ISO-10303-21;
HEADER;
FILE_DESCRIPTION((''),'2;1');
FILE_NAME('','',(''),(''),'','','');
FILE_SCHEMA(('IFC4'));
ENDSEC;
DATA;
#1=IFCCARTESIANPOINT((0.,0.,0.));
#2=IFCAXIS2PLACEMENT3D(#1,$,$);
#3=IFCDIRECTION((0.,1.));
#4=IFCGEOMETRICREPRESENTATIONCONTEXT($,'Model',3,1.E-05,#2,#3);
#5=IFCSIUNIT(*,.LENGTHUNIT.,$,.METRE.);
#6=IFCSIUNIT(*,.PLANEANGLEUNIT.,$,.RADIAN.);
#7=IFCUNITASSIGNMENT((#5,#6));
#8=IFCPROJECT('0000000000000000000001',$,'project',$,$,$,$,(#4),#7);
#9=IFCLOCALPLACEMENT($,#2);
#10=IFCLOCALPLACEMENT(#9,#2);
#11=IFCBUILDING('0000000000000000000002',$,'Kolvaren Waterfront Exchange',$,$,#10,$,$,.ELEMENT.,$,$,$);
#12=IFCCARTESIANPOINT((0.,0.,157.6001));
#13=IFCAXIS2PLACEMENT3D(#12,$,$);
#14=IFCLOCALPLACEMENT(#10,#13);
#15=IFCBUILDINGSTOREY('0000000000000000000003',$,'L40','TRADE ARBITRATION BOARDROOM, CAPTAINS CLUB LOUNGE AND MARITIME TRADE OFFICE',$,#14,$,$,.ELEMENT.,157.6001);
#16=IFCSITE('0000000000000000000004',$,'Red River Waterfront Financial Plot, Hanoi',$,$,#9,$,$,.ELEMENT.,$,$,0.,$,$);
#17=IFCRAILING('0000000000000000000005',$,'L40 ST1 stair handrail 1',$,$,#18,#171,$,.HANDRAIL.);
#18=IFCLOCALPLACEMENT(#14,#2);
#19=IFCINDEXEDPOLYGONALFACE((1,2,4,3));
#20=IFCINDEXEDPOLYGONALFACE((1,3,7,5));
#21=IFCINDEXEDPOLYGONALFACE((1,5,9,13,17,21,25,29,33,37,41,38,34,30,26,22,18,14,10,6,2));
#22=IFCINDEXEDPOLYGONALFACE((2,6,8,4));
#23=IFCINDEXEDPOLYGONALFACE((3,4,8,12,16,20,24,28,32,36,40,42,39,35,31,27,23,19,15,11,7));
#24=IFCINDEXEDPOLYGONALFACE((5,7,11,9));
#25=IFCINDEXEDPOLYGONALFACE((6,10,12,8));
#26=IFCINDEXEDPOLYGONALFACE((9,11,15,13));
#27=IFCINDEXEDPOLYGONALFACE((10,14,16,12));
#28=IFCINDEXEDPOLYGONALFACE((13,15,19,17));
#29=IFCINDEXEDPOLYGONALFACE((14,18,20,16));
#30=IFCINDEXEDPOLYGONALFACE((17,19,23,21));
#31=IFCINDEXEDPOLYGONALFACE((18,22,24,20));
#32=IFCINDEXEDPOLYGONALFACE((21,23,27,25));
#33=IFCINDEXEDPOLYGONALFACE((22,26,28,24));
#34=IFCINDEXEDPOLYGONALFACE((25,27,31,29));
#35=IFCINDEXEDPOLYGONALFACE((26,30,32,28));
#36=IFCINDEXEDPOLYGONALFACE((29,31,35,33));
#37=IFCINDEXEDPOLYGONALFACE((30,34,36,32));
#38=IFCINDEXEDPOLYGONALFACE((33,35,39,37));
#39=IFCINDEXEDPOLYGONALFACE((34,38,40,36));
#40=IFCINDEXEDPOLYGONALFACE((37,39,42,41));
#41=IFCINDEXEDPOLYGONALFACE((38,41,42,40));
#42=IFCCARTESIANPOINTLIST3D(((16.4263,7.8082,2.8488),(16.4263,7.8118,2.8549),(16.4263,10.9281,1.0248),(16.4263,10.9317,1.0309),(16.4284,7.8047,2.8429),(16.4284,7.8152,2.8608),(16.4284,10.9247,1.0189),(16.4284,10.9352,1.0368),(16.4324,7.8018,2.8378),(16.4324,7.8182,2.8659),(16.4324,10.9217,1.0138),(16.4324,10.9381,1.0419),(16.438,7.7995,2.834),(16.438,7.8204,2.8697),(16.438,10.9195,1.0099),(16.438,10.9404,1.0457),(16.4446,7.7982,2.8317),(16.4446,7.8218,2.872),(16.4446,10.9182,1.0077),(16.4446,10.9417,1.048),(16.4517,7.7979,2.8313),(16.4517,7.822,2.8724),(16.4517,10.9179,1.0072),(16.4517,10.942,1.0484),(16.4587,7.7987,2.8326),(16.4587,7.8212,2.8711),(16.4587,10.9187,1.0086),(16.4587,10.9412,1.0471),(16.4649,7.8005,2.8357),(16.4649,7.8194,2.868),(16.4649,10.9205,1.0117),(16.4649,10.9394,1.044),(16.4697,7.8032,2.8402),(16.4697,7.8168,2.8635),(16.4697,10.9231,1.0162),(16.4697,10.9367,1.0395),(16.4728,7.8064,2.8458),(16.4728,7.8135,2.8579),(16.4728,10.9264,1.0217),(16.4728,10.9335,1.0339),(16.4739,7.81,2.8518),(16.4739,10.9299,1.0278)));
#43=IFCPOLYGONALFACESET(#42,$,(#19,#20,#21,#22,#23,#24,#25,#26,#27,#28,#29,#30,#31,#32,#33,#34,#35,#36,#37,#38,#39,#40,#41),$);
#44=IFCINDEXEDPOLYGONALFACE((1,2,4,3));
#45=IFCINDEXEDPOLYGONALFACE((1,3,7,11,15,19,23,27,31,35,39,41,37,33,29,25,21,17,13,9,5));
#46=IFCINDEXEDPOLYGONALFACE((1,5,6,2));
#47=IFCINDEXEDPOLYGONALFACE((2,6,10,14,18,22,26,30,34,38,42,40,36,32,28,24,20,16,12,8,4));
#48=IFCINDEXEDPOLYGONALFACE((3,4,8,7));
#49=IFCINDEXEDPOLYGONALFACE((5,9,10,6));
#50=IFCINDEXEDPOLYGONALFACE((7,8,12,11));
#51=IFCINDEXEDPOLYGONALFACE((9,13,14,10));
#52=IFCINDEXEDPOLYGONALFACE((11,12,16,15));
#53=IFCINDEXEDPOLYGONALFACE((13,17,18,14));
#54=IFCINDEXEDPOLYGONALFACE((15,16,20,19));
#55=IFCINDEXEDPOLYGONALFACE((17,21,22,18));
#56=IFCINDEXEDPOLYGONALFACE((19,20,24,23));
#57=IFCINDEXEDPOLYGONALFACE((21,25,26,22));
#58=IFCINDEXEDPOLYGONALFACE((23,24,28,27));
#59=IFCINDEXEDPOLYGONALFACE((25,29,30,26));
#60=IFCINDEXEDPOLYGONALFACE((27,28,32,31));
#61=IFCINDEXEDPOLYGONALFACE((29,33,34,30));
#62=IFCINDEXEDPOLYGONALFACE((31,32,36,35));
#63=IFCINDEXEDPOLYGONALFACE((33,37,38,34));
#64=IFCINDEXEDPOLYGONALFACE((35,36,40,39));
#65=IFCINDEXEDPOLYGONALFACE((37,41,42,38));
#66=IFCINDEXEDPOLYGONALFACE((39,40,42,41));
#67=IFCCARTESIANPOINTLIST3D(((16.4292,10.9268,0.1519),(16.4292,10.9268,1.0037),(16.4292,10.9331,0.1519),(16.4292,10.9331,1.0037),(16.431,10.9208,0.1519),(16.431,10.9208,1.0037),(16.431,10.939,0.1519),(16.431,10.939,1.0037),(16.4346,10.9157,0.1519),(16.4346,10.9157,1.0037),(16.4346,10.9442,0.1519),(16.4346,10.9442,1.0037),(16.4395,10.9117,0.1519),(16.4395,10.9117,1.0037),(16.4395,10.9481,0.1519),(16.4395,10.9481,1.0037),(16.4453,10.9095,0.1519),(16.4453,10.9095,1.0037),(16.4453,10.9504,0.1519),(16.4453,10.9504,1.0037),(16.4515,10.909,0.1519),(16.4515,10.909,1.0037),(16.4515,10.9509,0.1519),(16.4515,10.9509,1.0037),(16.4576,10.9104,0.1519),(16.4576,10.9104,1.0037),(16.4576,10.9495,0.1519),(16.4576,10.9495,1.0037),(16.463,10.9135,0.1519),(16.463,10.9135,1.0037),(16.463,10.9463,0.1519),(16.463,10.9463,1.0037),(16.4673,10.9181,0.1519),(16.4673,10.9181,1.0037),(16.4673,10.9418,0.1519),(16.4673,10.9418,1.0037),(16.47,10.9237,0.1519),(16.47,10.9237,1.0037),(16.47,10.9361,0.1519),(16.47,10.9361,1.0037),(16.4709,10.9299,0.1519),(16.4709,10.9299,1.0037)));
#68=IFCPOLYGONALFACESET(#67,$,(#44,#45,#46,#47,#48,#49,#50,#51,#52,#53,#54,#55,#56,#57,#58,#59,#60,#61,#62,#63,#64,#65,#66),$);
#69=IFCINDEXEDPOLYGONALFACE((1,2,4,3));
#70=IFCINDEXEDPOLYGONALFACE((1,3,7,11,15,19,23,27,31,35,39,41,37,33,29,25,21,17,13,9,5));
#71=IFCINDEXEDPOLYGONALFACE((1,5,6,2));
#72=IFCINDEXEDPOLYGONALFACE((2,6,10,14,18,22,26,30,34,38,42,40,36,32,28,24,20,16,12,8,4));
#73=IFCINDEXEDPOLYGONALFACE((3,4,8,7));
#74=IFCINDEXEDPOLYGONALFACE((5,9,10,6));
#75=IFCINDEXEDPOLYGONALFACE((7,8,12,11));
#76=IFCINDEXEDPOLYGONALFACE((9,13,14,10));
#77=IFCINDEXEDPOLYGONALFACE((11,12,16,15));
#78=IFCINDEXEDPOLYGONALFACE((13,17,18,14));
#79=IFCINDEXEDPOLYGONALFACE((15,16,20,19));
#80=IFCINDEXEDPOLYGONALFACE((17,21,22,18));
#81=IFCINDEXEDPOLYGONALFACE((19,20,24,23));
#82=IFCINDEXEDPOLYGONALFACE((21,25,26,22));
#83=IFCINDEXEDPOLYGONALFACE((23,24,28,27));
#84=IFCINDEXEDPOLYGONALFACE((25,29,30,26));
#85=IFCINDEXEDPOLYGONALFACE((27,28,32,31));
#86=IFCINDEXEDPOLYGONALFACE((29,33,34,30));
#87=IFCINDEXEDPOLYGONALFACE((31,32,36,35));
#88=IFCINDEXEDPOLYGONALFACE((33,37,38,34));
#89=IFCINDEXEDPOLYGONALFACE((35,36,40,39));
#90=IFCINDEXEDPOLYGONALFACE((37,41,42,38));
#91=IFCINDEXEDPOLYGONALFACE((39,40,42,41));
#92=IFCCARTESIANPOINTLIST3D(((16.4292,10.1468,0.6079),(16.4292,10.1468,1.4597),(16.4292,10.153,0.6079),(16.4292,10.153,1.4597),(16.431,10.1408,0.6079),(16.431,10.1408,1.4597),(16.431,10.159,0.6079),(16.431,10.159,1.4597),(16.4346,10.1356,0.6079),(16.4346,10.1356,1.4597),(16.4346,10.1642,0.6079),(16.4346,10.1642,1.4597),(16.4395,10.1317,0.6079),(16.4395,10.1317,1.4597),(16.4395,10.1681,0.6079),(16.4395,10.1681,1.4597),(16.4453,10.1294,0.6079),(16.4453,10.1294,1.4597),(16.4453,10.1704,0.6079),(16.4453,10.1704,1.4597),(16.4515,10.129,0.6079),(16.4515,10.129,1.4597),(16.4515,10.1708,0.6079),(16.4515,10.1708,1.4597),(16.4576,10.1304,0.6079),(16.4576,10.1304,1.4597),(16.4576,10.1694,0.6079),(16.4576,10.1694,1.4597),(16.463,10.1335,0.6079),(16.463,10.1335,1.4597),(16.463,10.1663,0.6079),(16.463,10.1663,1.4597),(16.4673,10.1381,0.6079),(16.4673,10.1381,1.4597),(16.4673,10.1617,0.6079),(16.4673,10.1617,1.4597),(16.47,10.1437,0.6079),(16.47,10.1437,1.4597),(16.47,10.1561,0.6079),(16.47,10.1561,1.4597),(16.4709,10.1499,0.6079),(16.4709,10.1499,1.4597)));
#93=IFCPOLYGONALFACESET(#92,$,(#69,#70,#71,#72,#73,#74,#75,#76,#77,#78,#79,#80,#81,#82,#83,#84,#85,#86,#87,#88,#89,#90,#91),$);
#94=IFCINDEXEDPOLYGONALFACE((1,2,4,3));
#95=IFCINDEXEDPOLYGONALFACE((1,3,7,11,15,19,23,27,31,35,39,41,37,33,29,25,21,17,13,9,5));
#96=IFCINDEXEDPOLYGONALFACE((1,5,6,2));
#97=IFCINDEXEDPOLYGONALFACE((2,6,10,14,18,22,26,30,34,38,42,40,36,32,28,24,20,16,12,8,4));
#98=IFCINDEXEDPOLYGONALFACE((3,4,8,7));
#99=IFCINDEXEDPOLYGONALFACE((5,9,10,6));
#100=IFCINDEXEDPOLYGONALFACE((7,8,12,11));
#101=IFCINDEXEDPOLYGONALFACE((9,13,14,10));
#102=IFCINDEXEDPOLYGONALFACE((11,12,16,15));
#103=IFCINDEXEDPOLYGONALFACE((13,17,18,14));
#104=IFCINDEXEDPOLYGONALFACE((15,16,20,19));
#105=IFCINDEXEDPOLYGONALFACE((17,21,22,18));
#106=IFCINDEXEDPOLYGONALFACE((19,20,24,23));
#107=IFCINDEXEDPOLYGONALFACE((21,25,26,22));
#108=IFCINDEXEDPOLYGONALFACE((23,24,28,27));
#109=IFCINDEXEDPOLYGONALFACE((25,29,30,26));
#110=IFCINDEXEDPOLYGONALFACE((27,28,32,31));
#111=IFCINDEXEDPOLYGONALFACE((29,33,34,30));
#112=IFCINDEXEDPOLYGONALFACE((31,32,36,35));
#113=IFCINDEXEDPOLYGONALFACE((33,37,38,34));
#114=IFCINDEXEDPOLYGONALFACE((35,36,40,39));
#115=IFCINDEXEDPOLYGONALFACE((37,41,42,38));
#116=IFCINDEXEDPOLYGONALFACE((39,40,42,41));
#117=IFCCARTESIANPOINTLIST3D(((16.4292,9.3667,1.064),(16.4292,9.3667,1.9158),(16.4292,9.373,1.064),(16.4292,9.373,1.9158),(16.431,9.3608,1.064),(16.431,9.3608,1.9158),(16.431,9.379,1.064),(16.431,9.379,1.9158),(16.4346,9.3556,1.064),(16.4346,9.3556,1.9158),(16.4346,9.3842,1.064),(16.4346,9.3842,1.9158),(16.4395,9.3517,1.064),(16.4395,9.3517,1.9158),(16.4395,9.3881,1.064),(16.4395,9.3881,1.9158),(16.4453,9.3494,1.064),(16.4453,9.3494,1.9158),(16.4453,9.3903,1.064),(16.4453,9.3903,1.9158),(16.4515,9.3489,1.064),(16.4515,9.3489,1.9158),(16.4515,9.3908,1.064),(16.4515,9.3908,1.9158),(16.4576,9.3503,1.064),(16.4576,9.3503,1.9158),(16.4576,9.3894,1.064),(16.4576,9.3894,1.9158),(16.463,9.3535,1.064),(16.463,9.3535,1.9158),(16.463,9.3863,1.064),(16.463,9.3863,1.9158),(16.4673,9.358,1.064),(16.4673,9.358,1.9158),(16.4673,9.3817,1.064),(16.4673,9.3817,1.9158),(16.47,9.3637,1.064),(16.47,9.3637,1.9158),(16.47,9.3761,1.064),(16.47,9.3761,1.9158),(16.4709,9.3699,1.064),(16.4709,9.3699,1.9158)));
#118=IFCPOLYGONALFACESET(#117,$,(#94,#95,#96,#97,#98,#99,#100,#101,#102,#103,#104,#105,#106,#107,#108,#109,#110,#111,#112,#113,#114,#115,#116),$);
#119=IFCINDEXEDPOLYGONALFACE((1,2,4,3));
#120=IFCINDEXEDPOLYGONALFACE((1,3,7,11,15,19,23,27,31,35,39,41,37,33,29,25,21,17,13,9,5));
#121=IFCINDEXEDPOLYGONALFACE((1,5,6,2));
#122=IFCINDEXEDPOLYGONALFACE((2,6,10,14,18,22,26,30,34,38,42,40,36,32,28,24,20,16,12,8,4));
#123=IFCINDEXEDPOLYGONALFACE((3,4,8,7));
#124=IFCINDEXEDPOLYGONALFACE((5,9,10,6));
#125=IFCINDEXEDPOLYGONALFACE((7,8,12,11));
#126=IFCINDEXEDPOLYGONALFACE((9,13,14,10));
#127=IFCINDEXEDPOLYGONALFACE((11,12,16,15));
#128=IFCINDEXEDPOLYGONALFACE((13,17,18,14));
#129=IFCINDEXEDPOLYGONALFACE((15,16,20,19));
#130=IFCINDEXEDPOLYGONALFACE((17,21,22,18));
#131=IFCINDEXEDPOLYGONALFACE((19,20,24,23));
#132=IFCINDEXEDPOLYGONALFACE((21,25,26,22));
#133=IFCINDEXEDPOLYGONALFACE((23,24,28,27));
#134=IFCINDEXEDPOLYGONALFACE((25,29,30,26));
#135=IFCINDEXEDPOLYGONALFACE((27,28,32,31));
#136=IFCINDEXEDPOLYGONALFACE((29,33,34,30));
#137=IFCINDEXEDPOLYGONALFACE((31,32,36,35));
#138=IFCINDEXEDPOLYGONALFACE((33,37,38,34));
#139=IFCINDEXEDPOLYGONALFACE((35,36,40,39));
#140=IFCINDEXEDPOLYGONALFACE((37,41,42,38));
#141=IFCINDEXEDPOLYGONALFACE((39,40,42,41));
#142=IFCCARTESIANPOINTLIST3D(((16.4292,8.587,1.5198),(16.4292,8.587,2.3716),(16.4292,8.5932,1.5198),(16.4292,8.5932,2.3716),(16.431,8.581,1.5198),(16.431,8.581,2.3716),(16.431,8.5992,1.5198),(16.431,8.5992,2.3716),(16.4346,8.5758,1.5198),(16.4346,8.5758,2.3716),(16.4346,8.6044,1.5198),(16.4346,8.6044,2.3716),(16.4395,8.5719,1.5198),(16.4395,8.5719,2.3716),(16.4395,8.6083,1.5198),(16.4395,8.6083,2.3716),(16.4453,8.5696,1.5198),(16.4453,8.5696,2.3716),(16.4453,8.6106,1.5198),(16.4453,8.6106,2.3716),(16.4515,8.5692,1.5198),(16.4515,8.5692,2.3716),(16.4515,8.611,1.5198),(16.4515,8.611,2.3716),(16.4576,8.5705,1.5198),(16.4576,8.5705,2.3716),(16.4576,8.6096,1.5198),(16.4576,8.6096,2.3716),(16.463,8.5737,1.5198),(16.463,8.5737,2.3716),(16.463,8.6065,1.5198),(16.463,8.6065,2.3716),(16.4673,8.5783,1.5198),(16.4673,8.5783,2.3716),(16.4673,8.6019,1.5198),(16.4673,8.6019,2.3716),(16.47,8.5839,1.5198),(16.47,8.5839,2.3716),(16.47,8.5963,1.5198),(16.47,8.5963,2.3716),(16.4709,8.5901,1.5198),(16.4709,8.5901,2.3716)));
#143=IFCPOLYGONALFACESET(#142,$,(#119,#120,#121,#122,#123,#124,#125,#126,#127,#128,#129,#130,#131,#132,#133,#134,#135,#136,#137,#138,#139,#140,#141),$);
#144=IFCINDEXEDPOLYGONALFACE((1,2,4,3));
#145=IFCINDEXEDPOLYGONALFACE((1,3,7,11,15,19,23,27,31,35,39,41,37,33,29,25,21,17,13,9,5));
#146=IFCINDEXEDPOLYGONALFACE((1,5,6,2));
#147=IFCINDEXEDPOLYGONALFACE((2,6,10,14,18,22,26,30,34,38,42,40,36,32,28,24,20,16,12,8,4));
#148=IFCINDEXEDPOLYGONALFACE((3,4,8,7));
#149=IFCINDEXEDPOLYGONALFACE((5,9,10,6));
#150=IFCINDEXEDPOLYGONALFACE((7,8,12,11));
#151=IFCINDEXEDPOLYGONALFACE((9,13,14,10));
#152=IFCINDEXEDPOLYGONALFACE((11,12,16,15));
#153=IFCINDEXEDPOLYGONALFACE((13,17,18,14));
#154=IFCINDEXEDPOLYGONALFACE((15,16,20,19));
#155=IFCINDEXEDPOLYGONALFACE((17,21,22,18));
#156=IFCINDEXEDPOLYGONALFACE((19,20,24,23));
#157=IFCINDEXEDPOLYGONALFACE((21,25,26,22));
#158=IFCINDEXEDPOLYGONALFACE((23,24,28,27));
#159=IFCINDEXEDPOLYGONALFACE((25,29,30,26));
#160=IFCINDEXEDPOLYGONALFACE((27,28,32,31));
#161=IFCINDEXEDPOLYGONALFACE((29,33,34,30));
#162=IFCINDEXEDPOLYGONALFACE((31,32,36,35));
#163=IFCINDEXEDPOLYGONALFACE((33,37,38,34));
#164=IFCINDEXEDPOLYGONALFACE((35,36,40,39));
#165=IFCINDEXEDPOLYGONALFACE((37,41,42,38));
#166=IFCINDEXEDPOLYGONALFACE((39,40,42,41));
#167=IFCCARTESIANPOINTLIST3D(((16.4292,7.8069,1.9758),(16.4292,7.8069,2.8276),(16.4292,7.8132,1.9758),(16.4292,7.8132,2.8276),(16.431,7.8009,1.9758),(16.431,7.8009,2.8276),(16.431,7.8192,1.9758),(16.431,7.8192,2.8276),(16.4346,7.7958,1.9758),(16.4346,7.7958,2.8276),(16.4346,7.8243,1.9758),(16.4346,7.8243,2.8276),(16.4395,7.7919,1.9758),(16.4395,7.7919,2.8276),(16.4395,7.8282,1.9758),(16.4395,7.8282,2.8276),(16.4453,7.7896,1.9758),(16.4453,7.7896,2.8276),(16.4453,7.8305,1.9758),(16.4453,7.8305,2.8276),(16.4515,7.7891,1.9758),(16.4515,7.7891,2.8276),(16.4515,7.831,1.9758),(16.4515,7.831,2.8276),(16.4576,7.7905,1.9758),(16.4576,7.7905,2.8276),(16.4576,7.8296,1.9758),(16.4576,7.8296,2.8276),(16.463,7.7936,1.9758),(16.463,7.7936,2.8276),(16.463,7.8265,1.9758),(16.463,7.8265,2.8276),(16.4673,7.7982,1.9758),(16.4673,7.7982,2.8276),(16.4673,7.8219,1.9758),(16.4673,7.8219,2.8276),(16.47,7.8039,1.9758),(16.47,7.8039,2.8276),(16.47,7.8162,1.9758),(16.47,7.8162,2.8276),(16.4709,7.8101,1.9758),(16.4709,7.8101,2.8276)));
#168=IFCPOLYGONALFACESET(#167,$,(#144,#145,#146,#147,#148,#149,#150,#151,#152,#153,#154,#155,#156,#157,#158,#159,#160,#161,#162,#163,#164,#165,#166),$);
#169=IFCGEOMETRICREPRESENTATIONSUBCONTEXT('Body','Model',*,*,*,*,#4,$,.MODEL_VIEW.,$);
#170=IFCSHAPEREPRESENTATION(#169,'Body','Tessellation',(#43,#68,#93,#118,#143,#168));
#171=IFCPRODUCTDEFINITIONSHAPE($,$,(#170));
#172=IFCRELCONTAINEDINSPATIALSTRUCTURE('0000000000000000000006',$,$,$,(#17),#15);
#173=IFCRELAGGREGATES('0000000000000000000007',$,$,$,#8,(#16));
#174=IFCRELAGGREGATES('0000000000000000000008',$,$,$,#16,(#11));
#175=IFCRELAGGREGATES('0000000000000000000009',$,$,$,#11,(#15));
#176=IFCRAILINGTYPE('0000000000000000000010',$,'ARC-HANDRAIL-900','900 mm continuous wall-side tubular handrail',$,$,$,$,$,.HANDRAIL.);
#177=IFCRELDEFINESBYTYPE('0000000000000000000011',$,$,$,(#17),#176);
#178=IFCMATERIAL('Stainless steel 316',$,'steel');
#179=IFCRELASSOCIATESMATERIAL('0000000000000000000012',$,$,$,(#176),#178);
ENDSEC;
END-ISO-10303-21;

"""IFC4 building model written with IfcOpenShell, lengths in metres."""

from ifc_helpers import new_model, si_unit, direction, frame, origin, origin_2d, place, context, subcontext, project, spatial, circle, extrude, material, type_object, element, save


model = new_model("IFC4")

# Units and contexts
model_context = context("Model", 3, precision=1e-05, world=origin(), true_north=direction((0.0, 1.0)))
body_context = subcontext(model_context, "Body", "Model", "MODEL_VIEW")
ifc_project = project(units=[si_unit("LENGTHUNIT", "METRE"), si_unit("PLANEANGLEUNIT", "RADIAN")], contexts=[model_context])

# Site, building, storey
site_placement = place(None, origin())
site = spatial("IfcSite", under=ifc_project, at=site_placement, Name="Red River Waterfront Financial Plot, Hanoi", CompositionType="ELEMENT", RefElevation=0.0)
building_placement = place(site_placement, origin())
building = spatial("IfcBuilding", under=site, at=building_placement, Name="Kolvaren Waterfront Exchange", CompositionType="ELEMENT")
storey_placement = place(building_placement, frame((0.0, 0.0, 157.6001)))
storey = spatial("IfcBuildingStorey", under=building, at=storey_placement, Name="L40", Description="TRADE ARBITRATION BOARDROOM, CAPTAINS CLUB LOUNGE AND MARITIME TRADE OFFICE", CompositionType="ELEMENT", Elevation=157.6001)

# Railing
ifc_material_1 = material(Name="Stainless steel 316", Category="steel")
railing_type_1 = type_object("IfcRailingType", Name="ARC-HANDRAIL-900", Description="900 mm continuous wall-side tubular handrail", PredefinedType="HANDRAIL", material=ifc_material_1)
railing_1_placement = place(storey_placement, frame((16.45, 10.9299, 0.1519)))
element("IfcRailing", 1, at=railing_1_placement, inside=storey, type_object=railing_type_1, Name="L40 ST1 stair handrail 1", PredefinedType="HANDRAIL", context=body_context, shape_type="SweptSolid", body=[
    extrude(circle(Radius=0.0239, at=origin_2d()), frame((0.0, 0.0, 0.876), z_axis=(0.0, -0.863291, 0.504707), x_axis=(1.0, 0.0, 0.0)), (0.0, 0.0, 1.0), 3.614),
    extrude(circle(Radius=0.021, at=origin_2d()), origin(), (0.0, 0.0, 1.0), 0.8518),
    extrude(circle(Radius=0.021, at=origin_2d()), frame((0.0, -0.78, 0.4561)), (0.0, 0.0, 1.0), 0.8518),
    extrude(circle(Radius=0.021, at=origin_2d()), frame((0.0, -1.5601, 0.9121)), (0.0, 0.0, 1.0), 0.8518),
    extrude(circle(Radius=0.021, at=origin_2d()), frame((0.0, -2.3398, 1.3679)), (0.0, 0.0, 1.0), 0.8518),
    extrude(circle(Radius=0.021, at=origin_2d()), frame((0.0, -3.1199, 1.824)), (0.0, 0.0, 1.0), 0.8518),
])

save(model, "model.ifc")
